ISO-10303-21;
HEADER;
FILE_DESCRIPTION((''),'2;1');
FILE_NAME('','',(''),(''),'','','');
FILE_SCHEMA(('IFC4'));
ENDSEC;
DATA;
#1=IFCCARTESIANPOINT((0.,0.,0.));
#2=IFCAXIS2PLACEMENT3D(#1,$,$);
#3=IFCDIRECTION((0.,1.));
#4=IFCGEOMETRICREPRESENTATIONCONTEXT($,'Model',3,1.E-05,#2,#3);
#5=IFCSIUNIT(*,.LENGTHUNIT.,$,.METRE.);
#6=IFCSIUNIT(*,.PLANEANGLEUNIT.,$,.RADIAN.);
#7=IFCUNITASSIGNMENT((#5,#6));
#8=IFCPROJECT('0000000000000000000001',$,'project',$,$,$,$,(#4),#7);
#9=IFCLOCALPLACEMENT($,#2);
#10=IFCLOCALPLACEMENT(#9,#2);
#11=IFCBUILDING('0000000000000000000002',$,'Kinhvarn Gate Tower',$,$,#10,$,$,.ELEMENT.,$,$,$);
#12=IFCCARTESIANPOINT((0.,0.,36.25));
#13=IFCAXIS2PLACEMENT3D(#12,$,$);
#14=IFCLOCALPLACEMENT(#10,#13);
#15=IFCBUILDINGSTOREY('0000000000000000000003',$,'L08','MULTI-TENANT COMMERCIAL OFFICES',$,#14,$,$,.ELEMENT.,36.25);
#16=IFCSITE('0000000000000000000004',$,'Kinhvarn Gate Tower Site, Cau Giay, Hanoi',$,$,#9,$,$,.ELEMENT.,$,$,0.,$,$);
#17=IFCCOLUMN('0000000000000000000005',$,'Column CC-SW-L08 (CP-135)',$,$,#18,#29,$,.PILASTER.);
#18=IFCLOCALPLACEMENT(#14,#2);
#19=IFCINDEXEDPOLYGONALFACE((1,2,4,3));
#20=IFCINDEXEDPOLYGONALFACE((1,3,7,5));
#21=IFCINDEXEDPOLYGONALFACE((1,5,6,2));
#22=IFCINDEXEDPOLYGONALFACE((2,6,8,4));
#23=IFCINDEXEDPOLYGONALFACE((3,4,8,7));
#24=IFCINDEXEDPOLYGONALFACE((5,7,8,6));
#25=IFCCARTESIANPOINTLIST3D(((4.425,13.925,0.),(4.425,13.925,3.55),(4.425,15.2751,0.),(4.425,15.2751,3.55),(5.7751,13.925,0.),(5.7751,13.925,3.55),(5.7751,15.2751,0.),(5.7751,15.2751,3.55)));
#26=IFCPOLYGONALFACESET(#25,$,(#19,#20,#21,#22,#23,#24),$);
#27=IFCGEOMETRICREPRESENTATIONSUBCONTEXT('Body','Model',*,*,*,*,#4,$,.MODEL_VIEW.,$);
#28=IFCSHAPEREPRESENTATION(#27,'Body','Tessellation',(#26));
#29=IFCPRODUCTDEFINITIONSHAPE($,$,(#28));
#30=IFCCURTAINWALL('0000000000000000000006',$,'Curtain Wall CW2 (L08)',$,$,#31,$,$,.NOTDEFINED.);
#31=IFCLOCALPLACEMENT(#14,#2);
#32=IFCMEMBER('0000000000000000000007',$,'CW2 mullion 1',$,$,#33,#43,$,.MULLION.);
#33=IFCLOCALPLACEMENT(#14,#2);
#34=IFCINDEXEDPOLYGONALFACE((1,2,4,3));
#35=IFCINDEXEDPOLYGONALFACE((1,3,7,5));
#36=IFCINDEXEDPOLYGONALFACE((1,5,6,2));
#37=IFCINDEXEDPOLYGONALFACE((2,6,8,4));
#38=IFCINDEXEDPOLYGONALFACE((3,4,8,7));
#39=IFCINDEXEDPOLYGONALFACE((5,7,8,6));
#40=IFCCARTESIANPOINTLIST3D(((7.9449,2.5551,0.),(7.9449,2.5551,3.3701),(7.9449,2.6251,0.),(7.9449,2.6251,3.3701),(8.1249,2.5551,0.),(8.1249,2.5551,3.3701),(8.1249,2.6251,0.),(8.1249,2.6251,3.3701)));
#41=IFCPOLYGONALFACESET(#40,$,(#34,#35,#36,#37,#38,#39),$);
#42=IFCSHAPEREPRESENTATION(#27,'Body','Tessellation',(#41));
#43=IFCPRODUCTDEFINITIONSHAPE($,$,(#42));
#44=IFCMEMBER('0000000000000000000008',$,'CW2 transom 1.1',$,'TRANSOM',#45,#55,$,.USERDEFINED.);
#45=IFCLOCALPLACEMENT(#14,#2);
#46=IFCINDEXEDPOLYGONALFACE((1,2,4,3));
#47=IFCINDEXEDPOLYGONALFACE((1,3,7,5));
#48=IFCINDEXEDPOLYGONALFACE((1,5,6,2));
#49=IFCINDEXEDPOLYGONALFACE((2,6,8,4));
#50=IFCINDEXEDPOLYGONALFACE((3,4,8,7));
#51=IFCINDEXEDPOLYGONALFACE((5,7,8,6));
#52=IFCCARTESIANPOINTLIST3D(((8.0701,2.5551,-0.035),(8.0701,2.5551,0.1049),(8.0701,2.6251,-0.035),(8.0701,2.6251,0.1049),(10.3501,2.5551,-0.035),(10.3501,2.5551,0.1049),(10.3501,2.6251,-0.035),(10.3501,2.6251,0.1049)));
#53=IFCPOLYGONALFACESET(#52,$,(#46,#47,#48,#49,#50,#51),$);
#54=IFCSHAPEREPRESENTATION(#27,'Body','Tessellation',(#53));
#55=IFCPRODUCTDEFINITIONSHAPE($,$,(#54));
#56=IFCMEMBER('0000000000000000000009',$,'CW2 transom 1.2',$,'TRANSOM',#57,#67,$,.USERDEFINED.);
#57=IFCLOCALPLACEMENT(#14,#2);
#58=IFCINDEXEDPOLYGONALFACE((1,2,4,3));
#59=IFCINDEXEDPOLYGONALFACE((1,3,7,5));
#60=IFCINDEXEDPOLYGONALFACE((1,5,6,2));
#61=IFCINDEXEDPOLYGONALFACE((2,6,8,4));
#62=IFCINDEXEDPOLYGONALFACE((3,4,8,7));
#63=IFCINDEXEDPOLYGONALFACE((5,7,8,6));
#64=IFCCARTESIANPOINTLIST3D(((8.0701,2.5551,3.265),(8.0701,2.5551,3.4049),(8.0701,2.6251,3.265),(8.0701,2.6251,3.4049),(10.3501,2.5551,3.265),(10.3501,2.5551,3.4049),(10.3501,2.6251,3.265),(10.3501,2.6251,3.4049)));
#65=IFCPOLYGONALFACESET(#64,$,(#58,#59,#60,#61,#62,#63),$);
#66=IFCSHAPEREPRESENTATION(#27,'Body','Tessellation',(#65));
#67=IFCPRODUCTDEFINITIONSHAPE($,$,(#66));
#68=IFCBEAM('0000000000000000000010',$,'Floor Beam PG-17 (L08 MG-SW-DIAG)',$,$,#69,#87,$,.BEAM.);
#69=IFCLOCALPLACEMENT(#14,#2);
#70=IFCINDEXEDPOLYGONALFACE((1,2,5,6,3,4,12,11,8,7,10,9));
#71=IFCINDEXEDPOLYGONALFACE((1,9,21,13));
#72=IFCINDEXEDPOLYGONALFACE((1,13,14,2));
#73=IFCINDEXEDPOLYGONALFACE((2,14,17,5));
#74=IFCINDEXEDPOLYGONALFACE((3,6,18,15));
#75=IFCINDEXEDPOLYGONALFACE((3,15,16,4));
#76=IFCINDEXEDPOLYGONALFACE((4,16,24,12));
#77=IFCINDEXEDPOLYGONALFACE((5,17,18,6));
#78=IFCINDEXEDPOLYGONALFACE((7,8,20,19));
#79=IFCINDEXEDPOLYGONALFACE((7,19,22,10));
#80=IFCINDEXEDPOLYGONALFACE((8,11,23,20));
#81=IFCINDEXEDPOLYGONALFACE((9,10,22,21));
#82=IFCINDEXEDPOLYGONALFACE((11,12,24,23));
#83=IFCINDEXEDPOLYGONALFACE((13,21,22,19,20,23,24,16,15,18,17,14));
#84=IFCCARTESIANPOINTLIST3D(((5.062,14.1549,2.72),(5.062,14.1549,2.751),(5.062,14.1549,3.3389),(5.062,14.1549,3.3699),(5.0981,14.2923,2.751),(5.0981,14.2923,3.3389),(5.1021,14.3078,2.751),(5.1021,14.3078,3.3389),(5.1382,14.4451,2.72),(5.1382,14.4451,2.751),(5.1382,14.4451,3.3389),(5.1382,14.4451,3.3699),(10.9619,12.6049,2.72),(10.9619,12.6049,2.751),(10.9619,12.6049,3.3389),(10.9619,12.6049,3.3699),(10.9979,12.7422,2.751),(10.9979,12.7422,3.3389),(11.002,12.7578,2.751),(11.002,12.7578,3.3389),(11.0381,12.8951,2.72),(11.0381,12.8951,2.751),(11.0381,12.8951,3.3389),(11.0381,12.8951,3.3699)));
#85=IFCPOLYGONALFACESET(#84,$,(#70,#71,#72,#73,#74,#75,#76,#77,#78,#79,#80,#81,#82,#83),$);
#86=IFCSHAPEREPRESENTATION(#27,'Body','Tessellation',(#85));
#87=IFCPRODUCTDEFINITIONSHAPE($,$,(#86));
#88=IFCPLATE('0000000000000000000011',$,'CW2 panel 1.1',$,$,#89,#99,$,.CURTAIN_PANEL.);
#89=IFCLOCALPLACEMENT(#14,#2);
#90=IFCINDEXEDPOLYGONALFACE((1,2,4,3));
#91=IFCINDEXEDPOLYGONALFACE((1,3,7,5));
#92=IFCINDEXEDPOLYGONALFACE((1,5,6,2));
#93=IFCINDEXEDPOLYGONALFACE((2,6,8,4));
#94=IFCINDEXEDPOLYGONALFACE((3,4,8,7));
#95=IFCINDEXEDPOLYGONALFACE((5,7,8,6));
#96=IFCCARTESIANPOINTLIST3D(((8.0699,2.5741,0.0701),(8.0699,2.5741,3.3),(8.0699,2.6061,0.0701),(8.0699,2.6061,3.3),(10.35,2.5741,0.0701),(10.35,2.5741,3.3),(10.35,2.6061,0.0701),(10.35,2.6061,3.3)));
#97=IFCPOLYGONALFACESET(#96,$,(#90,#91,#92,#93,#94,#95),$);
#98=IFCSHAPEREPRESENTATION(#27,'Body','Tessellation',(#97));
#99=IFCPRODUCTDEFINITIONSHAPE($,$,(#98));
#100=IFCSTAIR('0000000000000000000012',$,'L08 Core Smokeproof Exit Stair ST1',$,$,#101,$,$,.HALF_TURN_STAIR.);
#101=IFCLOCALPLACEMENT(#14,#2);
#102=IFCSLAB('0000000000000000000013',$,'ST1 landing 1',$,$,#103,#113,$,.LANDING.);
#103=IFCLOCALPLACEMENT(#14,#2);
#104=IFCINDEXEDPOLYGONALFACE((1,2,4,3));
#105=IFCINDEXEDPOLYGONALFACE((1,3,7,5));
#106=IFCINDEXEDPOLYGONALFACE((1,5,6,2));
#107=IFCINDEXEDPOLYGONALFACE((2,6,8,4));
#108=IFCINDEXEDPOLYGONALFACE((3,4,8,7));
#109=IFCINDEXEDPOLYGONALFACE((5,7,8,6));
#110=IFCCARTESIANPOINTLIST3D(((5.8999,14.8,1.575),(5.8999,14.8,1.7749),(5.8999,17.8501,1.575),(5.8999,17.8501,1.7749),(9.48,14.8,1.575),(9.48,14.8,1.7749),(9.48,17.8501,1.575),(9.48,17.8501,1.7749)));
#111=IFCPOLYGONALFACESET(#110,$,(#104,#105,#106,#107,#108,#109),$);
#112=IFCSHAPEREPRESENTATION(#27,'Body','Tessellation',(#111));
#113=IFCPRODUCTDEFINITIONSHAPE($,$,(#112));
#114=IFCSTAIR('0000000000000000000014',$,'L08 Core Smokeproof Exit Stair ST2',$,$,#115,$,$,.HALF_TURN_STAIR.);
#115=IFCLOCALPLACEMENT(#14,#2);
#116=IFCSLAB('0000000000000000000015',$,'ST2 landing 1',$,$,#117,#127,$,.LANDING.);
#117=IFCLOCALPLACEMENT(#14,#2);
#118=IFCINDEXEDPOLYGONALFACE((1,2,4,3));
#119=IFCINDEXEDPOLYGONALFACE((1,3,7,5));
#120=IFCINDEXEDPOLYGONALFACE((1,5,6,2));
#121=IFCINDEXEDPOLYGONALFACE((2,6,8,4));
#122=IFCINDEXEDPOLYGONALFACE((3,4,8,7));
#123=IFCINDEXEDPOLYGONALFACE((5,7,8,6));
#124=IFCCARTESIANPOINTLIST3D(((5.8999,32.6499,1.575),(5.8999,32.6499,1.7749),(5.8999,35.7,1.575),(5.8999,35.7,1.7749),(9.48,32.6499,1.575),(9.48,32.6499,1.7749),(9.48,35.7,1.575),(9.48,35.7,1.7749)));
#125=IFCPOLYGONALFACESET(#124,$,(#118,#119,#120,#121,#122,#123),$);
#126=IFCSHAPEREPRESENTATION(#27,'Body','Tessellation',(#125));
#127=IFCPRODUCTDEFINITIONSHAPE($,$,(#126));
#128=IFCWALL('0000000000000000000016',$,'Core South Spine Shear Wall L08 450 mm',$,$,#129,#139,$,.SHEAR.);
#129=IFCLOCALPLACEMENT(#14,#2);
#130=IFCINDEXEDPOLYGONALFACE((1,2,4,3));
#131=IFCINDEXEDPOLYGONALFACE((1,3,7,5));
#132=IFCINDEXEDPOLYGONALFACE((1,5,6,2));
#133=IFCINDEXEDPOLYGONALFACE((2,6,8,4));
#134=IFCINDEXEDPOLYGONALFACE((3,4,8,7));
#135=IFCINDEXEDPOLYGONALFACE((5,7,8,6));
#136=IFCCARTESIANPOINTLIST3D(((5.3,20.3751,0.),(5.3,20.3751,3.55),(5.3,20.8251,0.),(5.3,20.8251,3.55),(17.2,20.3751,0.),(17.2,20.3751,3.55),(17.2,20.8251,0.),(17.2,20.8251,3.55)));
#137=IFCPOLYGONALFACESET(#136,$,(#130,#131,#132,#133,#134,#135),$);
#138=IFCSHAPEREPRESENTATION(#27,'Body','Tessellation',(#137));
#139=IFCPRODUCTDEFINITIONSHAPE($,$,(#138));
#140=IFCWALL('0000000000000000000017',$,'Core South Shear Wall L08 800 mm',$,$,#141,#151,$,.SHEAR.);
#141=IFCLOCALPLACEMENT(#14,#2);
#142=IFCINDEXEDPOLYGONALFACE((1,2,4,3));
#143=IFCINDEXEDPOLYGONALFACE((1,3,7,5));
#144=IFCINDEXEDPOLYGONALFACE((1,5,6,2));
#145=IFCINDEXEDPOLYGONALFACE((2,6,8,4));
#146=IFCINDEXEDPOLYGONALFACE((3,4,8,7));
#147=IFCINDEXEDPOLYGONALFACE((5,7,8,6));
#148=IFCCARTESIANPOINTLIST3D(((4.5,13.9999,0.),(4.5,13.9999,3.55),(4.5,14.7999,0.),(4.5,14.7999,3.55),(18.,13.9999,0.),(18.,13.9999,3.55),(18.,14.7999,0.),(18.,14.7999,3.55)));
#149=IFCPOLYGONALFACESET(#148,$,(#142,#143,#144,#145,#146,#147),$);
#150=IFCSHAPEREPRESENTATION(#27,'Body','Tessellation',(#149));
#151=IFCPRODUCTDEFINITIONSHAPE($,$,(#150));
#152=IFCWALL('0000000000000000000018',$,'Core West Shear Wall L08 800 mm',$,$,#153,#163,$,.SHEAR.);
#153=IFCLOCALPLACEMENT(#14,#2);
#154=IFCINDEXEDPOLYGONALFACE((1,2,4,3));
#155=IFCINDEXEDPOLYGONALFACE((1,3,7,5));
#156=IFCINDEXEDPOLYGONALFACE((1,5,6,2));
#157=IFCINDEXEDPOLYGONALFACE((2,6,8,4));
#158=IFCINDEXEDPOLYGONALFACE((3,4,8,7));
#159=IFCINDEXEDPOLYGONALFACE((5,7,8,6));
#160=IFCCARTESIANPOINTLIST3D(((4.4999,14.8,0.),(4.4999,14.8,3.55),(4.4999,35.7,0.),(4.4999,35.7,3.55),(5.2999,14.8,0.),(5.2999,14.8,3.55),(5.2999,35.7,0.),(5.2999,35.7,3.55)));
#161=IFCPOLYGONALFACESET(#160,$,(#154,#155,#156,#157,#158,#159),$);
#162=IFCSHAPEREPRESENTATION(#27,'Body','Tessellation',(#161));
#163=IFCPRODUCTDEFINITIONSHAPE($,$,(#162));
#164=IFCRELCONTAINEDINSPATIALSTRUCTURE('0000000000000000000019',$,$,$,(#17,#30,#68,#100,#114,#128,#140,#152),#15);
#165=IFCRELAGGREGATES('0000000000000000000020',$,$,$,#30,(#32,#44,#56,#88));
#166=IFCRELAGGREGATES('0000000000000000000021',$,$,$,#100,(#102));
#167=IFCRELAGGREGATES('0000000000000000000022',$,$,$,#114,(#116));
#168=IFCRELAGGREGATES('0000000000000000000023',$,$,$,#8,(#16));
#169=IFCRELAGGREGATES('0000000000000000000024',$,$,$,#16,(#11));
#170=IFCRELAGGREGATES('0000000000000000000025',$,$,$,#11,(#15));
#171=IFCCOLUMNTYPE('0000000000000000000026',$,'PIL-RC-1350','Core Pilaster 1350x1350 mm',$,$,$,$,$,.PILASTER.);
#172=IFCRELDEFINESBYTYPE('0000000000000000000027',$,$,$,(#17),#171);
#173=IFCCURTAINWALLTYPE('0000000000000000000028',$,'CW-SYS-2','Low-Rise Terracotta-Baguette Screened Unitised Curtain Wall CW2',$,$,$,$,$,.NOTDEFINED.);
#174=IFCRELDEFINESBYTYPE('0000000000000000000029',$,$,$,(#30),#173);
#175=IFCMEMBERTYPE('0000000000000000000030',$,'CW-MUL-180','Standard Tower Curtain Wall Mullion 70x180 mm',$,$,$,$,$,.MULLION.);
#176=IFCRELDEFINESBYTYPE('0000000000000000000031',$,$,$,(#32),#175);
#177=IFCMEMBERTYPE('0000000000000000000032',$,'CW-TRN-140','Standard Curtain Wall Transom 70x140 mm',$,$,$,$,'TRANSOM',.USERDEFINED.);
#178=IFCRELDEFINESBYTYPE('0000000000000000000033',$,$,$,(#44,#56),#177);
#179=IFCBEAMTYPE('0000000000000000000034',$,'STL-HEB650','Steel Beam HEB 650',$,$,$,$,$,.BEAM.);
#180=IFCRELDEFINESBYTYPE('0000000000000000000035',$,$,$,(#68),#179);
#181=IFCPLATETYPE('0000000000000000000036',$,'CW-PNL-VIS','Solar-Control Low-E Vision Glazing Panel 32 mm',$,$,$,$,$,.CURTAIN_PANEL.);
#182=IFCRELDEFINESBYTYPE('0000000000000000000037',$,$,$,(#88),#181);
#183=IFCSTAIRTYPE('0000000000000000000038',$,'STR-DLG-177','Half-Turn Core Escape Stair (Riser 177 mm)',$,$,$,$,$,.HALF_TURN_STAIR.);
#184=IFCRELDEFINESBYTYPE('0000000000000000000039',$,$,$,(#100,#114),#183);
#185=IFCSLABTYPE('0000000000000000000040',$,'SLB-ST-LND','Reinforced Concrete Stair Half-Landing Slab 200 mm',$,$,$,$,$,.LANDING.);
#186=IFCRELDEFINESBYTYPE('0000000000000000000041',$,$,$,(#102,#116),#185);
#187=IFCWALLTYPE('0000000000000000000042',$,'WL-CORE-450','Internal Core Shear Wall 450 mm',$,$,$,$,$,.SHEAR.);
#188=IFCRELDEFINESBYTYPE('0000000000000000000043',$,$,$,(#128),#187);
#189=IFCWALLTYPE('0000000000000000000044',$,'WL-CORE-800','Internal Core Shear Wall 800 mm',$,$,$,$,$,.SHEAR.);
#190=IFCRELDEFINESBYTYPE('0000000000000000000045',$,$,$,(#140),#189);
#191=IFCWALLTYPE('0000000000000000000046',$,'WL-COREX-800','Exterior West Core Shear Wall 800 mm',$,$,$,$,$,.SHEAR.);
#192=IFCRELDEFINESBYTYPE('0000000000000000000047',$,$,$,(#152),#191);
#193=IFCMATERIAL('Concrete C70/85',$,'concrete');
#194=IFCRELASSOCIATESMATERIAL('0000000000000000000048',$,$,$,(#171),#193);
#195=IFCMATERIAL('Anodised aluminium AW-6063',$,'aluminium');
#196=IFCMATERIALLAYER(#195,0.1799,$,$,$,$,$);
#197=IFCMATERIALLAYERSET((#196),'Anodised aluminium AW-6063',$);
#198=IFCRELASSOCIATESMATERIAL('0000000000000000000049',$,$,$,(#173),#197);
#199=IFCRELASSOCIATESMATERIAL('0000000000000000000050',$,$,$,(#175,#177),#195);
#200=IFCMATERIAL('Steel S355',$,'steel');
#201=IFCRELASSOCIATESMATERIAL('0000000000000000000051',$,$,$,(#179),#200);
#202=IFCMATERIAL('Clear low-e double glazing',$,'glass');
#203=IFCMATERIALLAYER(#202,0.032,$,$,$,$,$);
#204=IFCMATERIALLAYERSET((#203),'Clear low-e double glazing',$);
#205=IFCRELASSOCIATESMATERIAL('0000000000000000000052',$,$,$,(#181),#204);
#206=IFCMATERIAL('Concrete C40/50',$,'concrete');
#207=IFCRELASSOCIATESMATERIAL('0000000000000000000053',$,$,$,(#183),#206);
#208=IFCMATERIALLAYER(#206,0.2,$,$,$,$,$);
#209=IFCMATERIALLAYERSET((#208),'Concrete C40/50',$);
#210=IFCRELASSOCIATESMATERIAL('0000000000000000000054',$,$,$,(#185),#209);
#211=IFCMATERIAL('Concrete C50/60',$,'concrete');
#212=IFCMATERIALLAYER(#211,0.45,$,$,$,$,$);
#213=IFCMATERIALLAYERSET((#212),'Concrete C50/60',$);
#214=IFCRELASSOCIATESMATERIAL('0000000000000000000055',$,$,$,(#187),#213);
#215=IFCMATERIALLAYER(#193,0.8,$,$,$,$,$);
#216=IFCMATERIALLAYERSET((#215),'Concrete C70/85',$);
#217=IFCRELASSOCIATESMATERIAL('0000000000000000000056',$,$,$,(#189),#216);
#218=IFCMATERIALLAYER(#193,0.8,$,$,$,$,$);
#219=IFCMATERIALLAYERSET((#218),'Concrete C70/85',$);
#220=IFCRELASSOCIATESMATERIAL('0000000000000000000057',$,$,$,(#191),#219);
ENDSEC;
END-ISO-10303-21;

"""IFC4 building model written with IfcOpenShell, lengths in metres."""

from ifc_helpers import new_model, si_unit, direction, frame, frame_2d, origin, origin_2d, place, context, subcontext, project, spatial, polyline, rectangle, i_section, outline, extrude, material, layer, layer_set, material_profile, profile_set, type_object, element, aggregate, save


model = new_model("IFC4")

# Units and contexts
model_context = context("Model", 3, precision=1e-05, world=origin(), true_north=direction((0.0, 1.0)))
body_context = subcontext(model_context, "Body", "Model", "MODEL_VIEW")
ifc_project = project(units=[si_unit("LENGTHUNIT", "METRE"), si_unit("PLANEANGLEUNIT", "RADIAN")], contexts=[model_context])

# Site, building, storey
site_placement = place(None, origin())
site = spatial("IfcSite", under=ifc_project, at=site_placement, Name="Kinhvarn Gate Tower Site, Cau Giay, Hanoi", CompositionType="ELEMENT", RefElevation=0.0)
building_placement = place(site_placement, origin())
building = spatial("IfcBuilding", under=site, at=building_placement, Name="Kinhvarn Gate Tower", CompositionType="ELEMENT")
storey_placement = place(building_placement, frame((0.0, 0.0, 36.25)))
storey = spatial("IfcBuildingStorey", under=building, at=storey_placement, Name="L08", Description="MULTI-TENANT COMMERCIAL OFFICES", CompositionType="ELEMENT", Elevation=36.25)

# Column
ifc_material_1 = material(Name="Concrete C70/85", Category="concrete")
ifc_material_profile_1 = material_profile(ifc_material_1, rectangle(XDim=1.3501, YDim=1.3501, at=origin_2d()), Name="RC 1350x1350")
ifc_profile_set_1 = profile_set([ifc_material_profile_1], Name="Concrete C70/85")
column_type = type_object("IfcColumnType", Name="PIL-RC-1350", Description="Core Pilaster 1350x1350 mm", PredefinedType="PILASTER", material=ifc_profile_set_1)
column_placement = place(storey_placement, frame((5.1001, 14.6001, 0.0), z_axis=(0.0, 0.0, 1.0), x_axis=(1.0, 0.0, 0.0)))
element("IfcColumn", 1, at=column_placement, inside=storey, type_object=column_type, Name="Column CC-SW-L08 (CP-135)", PredefinedType="PILASTER", context=body_context, shape_type="SweptSolid", body=[
    extrude(rectangle(XDim=1.3501, YDim=1.3501, at=origin_2d()), origin(), (0.0, 0.0, 1.0), 3.55),
])

# Curtain wall, members
ifc_material_2 = material(Name="Anodised aluminium AW-6063", Category="aluminium")
ifc_layer_1 = layer(ifc_material_2, 0.1799)
ifc_layer_set_1 = layer_set([ifc_layer_1], Name="Anodised aluminium AW-6063")
curtain_wall_type = type_object("IfcCurtainWallType", Name="CW-SYS-2", Description="Low-Rise Terracotta-Baguette Screened Unitised Curtain Wall CW2", PredefinedType="NOTDEFINED", material=ifc_layer_set_1)
curtain_wall_placement = place(storey_placement, origin())
curtain_wall = element("IfcCurtainWall", 2, at=curtain_wall_placement, inside=storey, type_object=curtain_wall_type, Name="Curtain Wall CW2 (L08)", PredefinedType="NOTDEFINED")
ifc_material_profile_2 = material_profile(ifc_material_2, rectangle(XDim=0.0701, YDim=0.1799, at=origin_2d()), Name="ALU 70x180")
ifc_profile_set_2 = profile_set([ifc_material_profile_2], Name="Anodised aluminium AW-6063")
member_type_1 = type_object("IfcMemberType", Name="CW-MUL-180", Description="Standard Tower Curtain Wall Mullion 70x180 mm", PredefinedType="MULLION", material=ifc_profile_set_2)
member_1_placement = place(storey_placement, frame((8.0349, 2.5901, 0.0), z_axis=(0.0, 0.0, 1.0), x_axis=(0.0, 1.0, 0.0)))
member_1 = element("IfcMember", 3, at=member_1_placement, type_object=member_type_1, Name="CW2 mullion 1", PredefinedType="MULLION", context=body_context, shape_type="SweptSolid", body=[
    extrude(rectangle(XDim=0.0701, YDim=0.1799, at=origin_2d()), origin(), (0.0, 0.0, 1.0), 3.3701),
])
ifc_material_profile_3 = material_profile(ifc_material_2, rectangle(XDim=0.0701, YDim=0.1399, at=origin_2d()), Name="ALU 70x140")
ifc_profile_set_3 = profile_set([ifc_material_profile_3], Name="Anodised aluminium AW-6063")
member_type_2 = type_object("IfcMemberType", Name="CW-TRN-140", Description="Standard Curtain Wall Transom 70x140 mm", ElementType="TRANSOM", PredefinedType="USERDEFINED", material=ifc_profile_set_3)
member_2_placement = place(storey_placement, frame((8.0701, 2.5901, 0.0349), z_axis=(1.0, 0.0, 0.0), x_axis=(0.0, 1.0, 0.0)))
member_2 = element("IfcMember", 4, at=member_2_placement, type_object=member_type_2, Name="CW2 transom 1.1", ObjectType="TRANSOM", PredefinedType="USERDEFINED", context=body_context, shape_type="SweptSolid", body=[
    extrude(rectangle(XDim=0.0701, YDim=0.1399, at=origin_2d()), origin(), (0.0, 0.0, 1.0), 2.28),
])
member_3_placement = place(storey_placement, frame((8.0701, 2.5901, 3.335), z_axis=(1.0, 0.0, 0.0), x_axis=(0.0, 1.0, 0.0)))
member_3 = element("IfcMember", 5, at=member_3_placement, type_object=member_type_2, Name="CW2 transom 1.2", ObjectType="TRANSOM", PredefinedType="USERDEFINED", context=body_context, shape_type="SweptSolid", body=[
    extrude(rectangle(XDim=0.0701, YDim=0.1399, at=origin_2d()), origin(), (0.0, 0.0, 1.0), 2.28),
])

# Beam
ifc_material_3 = material(Name="Steel S355", Category="steel")
ifc_material_profile_4 = material_profile(ifc_material_3, i_section(OverallWidth=0.3, OverallDepth=0.6499, WebThickness=0.0161, FlangeThickness=0.031, at=origin_2d()), Name="HEB 650")
ifc_profile_set_4 = profile_set([ifc_material_profile_4], Name="Steel S355")
beam_type = type_object("IfcBeamType", Name="STL-HEB650", Description="Steel Beam HEB 650", PredefinedType="BEAM", material=ifc_profile_set_4)
beam_placement = place(storey_placement, frame((5.1001, 14.3, 3.0449), z_axis=(0.967178, -0.254101, 0.0), x_axis=(0.254101, 0.967178, 0.0)))
element("IfcBeam", 6, at=beam_placement, inside=storey, type_object=beam_type, Name="Floor Beam PG-17 (L08 MG-SW-DIAG)", PredefinedType="BEAM", context=body_context, shape_type="SweptSolid", body=[
    extrude(i_section(OverallWidth=0.3, OverallDepth=0.6499, WebThickness=0.0161, FlangeThickness=0.031, at=origin_2d()), origin(), (0.0, 0.0, 1.0), 6.1001),
])

# Plate
ifc_material_4 = material(Name="Clear low-e double glazing", Category="glass")
ifc_layer_2 = layer(ifc_material_4, 0.032)
ifc_layer_set_2 = layer_set([ifc_layer_2], Name="Clear low-e double glazing")
plate_type = type_object("IfcPlateType", Name="CW-PNL-VIS", Description="Solar-Control Low-E Vision Glazing Panel 32 mm", PredefinedType="CURTAIN_PANEL", material=ifc_layer_set_2)
plate_placement = place(storey_placement, frame((9.21, 2.5901, 0.0701), z_axis=(0.0, 0.0, 1.0), x_axis=(1.0, 0.0, 0.0)))
plate = element("IfcPlate", 7, at=plate_placement, type_object=plate_type, Name="CW2 panel 1.1", PredefinedType="CURTAIN_PANEL", context=body_context, shape_type="SweptSolid", body=[
    extrude(rectangle(XDim=2.28, YDim=0.032, at=origin_2d()), origin(), (0.0, 0.0, 1.0), 3.23),
])
aggregate(curtain_wall, [member_1, member_2, member_3, plate])

# Stairs, slabs
ifc_material_5 = material(Name="Concrete C40/50", Category="concrete")
stair_type = type_object("IfcStairType", Name="STR-DLG-177", Description="Half-Turn Core Escape Stair (Riser 177 mm)", PredefinedType="HALF_TURN_STAIR", material=ifc_material_5)
stair_1_placement = place(storey_placement, origin())
stair_1 = element("IfcStair", 8, at=stair_1_placement, inside=storey, type_object=stair_type, Name="L08 Core Smokeproof Exit Stair ST1", PredefinedType="HALF_TURN_STAIR")
ifc_layer_3 = layer(ifc_material_5, 0.2)
ifc_layer_set_3 = layer_set([ifc_layer_3], Name="Concrete C40/50")
slab_type = type_object("IfcSlabType", Name="SLB-ST-LND", Description="Reinforced Concrete Stair Half-Landing Slab 200 mm", PredefinedType="LANDING", material=ifc_layer_set_3)
slab_1_placement = place(storey_placement, frame((0.0, 0.0, 1.575)))
slab_1 = element("IfcSlab", 9, at=slab_1_placement, type_object=slab_type, Name="ST1 landing 1", PredefinedType="LANDING", context=body_context, shape_type="SweptSolid", body=[
    extrude(outline(polyline([(9.48, 17.8501), (5.8999, 17.8501), (5.8999, 14.8), (9.48, 14.8), (9.48, 17.8501)])), origin(), (0.0, 0.0, 1.0), 0.2),
])
aggregate(stair_1, [slab_1])
stair_2_placement = place(storey_placement, origin())
stair_2 = element("IfcStair", 10, at=stair_2_placement, inside=storey, type_object=stair_type, Name="L08 Core Smokeproof Exit Stair ST2", PredefinedType="HALF_TURN_STAIR")
slab_2_placement = place(storey_placement, frame((0.0, 0.0, 1.575)))
slab_2 = element("IfcSlab", 11, at=slab_2_placement, type_object=slab_type, Name="ST2 landing 1", PredefinedType="LANDING", context=body_context, shape_type="SweptSolid", body=[
    extrude(outline(polyline([(9.48, 35.7), (5.8999, 35.7), (5.8999, 32.6499), (9.48, 32.6499), (9.48, 35.7)])), origin(), (0.0, 0.0, 1.0), 0.2),
])
aggregate(stair_2, [slab_2])

# Walls
ifc_material_6 = material(Name="Concrete C50/60", Category="concrete")
ifc_layer_4 = layer(ifc_material_6, 0.45)
ifc_layer_set_4 = layer_set([ifc_layer_4], Name="Concrete C50/60")
wall_type_1 = type_object("IfcWallType", Name="WL-CORE-450", Description="Internal Core Shear Wall 450 mm", PredefinedType="SHEAR", material=ifc_layer_set_4)
wall_1_placement = place(storey_placement, frame((5.3, 20.6001, 0.0), z_axis=(0.0, 0.0, 1.0), x_axis=(1.0, 0.0, 0.0)))
element("IfcWall", 12, at=wall_1_placement, inside=storey, type_object=wall_type_1, Name="Core South Spine Shear Wall L08 450 mm", PredefinedType="SHEAR", context=body_context, shape_type="SweptSolid", body=[
    extrude(rectangle(XDim=11.8999, YDim=0.45, at=frame_2d((5.95, 0.0))), origin(), (0.0, 0.0, 1.0), 3.55),
])
ifc_layer_5 = layer(ifc_material_1, 0.8)
ifc_layer_set_5 = layer_set([ifc_layer_5], Name="Concrete C70/85")
wall_type_2 = type_object("IfcWallType", Name="WL-CORE-800", Description="Internal Core Shear Wall 800 mm", PredefinedType="SHEAR", material=ifc_layer_set_5)
wall_2_placement = place(storey_placement, frame((4.5, 14.3999, 0.0), z_axis=(0.0, 0.0, 1.0), x_axis=(1.0, 0.0, 0.0)))
element("IfcWall", 13, at=wall_2_placement, inside=storey, type_object=wall_type_2, Name="Core South Shear Wall L08 800 mm", PredefinedType="SHEAR", context=body_context, shape_type="SweptSolid", body=[
    extrude(rectangle(XDim=13.5, YDim=0.8, at=frame_2d((6.75, 0.0))), origin(), (0.0, 0.0, 1.0), 3.55),
])
ifc_layer_6 = layer(ifc_material_1, 0.8)
ifc_layer_set_6 = layer_set([ifc_layer_6], Name="Concrete C70/85")
wall_type_3 = type_object("IfcWallType", Name="WL-COREX-800", Description="Exterior West Core Shear Wall 800 mm", PredefinedType="SHEAR", material=ifc_layer_set_6)
wall_3_placement = place(storey_placement, frame((4.8999, 14.8, 0.0), z_axis=(0.0, 0.0, 1.0), x_axis=(0.0, 1.0, 0.0)))
element("IfcWall", 14, at=wall_3_placement, inside=storey, type_object=wall_type_3, Name="Core West Shear Wall L08 800 mm", PredefinedType="SHEAR", context=body_context, shape_type="SweptSolid", body=[
    extrude(rectangle(XDim=20.8999, YDim=0.8, at=frame_2d((10.45, 0.0))), origin(), (0.0, 0.0, 1.0), 3.55),
])

save(model, "model.ifc")
